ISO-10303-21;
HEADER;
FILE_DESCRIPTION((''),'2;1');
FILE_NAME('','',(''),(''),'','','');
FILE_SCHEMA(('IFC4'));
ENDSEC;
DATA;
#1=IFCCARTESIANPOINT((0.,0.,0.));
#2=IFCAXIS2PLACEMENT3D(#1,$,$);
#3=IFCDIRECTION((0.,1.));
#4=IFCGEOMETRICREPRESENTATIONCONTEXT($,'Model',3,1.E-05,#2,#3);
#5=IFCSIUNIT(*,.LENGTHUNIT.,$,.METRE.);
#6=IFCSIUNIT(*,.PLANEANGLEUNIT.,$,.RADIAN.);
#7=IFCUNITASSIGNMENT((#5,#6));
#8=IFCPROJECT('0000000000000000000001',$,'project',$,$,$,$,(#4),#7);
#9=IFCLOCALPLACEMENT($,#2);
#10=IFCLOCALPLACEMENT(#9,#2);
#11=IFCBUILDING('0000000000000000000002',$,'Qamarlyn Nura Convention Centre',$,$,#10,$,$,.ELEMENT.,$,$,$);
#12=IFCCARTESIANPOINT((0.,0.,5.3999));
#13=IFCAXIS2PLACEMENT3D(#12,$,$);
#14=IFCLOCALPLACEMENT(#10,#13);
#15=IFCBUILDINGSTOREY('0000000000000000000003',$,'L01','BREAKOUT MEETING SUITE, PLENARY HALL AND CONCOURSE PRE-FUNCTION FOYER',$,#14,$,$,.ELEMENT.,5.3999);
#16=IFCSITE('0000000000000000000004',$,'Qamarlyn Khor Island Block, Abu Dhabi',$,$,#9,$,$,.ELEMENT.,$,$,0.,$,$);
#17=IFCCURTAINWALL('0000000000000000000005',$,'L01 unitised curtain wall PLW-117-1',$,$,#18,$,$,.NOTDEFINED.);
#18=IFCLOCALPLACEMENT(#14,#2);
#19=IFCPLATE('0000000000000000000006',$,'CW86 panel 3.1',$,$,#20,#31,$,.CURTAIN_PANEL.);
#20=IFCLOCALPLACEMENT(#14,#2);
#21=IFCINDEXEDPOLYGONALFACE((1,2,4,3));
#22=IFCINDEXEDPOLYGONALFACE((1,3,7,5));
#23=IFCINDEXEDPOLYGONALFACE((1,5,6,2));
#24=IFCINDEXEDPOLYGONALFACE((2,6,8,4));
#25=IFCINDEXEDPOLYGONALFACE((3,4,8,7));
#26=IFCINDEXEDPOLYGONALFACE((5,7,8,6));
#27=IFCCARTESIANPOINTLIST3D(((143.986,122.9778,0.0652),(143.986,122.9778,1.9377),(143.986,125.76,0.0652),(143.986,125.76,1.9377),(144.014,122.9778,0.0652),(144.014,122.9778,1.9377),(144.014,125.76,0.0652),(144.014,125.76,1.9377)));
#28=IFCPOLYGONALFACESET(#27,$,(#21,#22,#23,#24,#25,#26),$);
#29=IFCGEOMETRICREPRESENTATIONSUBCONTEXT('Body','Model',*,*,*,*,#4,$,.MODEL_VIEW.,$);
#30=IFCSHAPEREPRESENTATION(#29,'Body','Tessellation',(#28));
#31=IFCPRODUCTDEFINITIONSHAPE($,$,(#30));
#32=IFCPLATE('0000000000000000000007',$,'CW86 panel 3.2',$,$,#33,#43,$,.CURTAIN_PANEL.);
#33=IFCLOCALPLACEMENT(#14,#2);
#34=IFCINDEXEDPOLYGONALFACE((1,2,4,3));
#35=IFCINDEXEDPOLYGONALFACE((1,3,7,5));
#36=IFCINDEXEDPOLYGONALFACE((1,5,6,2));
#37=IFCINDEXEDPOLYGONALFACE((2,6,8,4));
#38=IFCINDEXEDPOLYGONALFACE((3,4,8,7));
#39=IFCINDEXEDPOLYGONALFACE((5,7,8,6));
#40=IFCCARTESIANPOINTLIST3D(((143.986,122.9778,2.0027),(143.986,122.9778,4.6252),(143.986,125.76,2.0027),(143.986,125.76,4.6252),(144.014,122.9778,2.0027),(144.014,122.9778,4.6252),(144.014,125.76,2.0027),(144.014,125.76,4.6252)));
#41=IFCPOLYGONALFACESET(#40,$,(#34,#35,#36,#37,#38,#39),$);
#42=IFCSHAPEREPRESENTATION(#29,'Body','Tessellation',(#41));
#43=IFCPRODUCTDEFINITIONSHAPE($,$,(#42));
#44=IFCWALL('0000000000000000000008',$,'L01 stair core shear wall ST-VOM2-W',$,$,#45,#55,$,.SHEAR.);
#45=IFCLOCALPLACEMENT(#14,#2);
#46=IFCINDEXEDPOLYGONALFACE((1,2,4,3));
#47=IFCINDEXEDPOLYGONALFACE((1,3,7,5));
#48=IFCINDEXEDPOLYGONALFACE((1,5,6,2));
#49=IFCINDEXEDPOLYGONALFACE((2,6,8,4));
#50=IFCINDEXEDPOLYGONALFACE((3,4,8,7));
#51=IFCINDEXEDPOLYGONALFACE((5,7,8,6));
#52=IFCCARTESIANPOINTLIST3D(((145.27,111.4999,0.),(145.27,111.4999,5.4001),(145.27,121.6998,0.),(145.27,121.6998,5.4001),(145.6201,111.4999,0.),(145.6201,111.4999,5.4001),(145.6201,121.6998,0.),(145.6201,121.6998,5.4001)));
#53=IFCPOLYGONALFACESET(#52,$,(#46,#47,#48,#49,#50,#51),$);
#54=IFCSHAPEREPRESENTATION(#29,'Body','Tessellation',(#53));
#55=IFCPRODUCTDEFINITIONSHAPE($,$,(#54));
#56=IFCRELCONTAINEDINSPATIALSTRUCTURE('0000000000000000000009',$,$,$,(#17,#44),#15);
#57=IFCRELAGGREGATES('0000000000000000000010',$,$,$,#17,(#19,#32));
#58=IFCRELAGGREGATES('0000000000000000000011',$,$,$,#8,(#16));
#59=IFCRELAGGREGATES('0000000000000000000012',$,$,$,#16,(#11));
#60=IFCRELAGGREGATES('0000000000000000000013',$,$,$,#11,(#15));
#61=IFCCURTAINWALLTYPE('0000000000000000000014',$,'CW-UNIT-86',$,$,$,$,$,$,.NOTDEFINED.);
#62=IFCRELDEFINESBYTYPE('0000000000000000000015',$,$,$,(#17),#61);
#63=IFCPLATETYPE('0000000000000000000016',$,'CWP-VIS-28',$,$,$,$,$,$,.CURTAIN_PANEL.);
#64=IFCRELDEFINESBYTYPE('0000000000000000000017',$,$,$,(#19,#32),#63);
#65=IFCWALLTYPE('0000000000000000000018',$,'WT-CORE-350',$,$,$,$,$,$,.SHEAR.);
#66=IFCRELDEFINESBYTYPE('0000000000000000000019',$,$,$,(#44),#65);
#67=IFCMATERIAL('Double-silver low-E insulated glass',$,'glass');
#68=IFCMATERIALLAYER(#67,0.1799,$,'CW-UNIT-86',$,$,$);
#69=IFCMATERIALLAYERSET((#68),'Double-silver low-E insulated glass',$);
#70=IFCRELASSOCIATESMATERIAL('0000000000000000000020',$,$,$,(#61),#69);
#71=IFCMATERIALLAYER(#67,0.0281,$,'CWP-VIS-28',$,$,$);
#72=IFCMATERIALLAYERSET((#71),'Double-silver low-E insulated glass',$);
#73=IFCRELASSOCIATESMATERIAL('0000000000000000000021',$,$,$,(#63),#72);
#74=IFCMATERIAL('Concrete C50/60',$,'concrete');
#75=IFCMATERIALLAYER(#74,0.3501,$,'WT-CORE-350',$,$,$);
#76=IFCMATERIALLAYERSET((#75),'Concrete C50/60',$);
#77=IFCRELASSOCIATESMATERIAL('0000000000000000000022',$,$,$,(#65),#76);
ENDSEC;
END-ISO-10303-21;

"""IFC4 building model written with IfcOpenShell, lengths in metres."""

from ifc_helpers import new_model, si_unit, direction, frame, frame_2d, origin, origin_2d, place, context, subcontext, project, spatial, rectangle, extrude, material, layer, layer_set, type_object, element, aggregate, save


model = new_model("IFC4")

# Units and contexts
model_context = context("Model", 3, precision=1e-05, world=origin(), true_north=direction((0.0, 1.0)))
body_context = subcontext(model_context, "Body", "Model", "MODEL_VIEW")
ifc_project = project(units=[si_unit("LENGTHUNIT", "METRE"), si_unit("PLANEANGLEUNIT", "RADIAN")], contexts=[model_context])

# Site, building, storey
site_placement = place(None, origin())
site = spatial("IfcSite", under=ifc_project, at=site_placement, Name="Qamarlyn Khor Island Block, Abu Dhabi", CompositionType="ELEMENT", RefElevation=0.0)
building_placement = place(site_placement, origin())
building = spatial("IfcBuilding", under=site, at=building_placement, Name="Qamarlyn Nura Convention Centre", CompositionType="ELEMENT")
storey_placement = place(building_placement, frame((0.0, 0.0, 5.3999)))
storey = spatial("IfcBuildingStorey", under=building, at=storey_placement, Name="L01", Description="BREAKOUT MEETING SUITE, PLENARY HALL AND CONCOURSE PRE-FUNCTION FOYER", CompositionType="ELEMENT", Elevation=5.3999)

# Shared definitions
ifc_material_1 = material(Name="Double-silver low-E insulated glass", Category="glass")

# Curtain wall
ifc_layer_1 = layer(ifc_material_1, 0.1799, Name="CW-UNIT-86")
ifc_layer_set_1 = layer_set([ifc_layer_1], Name="Double-silver low-E insulated glass")
curtain_wall_type_1 = type_object("IfcCurtainWallType", Name="CW-UNIT-86", PredefinedType="NOTDEFINED", material=ifc_layer_set_1)
curtain_wall_1_placement = place(storey_placement, origin())
curtain_wall_1 = element("IfcCurtainWall", 1, at=curtain_wall_1_placement, inside=storey, type_object=curtain_wall_type_1, Name="L01 unitised curtain wall PLW-117-1", PredefinedType="NOTDEFINED")

# Plates
ifc_layer_2 = layer(ifc_material_1, 0.0281, Name="CWP-VIS-28")
ifc_layer_set_2 = layer_set([ifc_layer_2], Name="Double-silver low-E insulated glass")
plate_type = type_object("IfcPlateType", Name="CWP-VIS-28", PredefinedType="CURTAIN_PANEL", material=ifc_layer_set_2)
plate_1_placement = place(storey_placement, frame((144.0, 124.3689, 0.0652), z_axis=(0.0, 0.0, 1.0), x_axis=(0.0, 1.0, 0.0)))
plate_1 = element("IfcPlate", 2, at=plate_1_placement, type_object=plate_type, Name="CW86 panel 3.1", PredefinedType="CURTAIN_PANEL", context=body_context, shape_type="SweptSolid", body=[
    extrude(rectangle(XDim=2.7822, YDim=0.0281, at=origin_2d()), origin(), (0.0, 0.0, 1.0), 1.8726),
])
plate_2_placement = place(storey_placement, frame((144.0, 124.3689, 2.0027), z_axis=(0.0, 0.0, 1.0), x_axis=(0.0, 1.0, 0.0)))
plate_2 = element("IfcPlate", 3, at=plate_2_placement, type_object=plate_type, Name="CW86 panel 3.2", PredefinedType="CURTAIN_PANEL", context=body_context, shape_type="SweptSolid", body=[
    extrude(rectangle(XDim=2.7822, YDim=0.0281, at=origin_2d()), origin(), (0.0, 0.0, 1.0), 2.6226),
])
aggregate(curtain_wall_1, [plate_1, plate_2])

# Wall
ifc_material_2 = material(Name="Concrete C50/60", Category="concrete")
ifc_layer_3 = layer(ifc_material_2, 0.3501, Name="WT-CORE-350")
ifc_layer_set_3 = layer_set([ifc_layer_3], Name="Concrete C50/60")
wall_type = type_object("IfcWallType", Name="WT-CORE-350", PredefinedType="SHEAR", material=ifc_layer_set_3)
wall_placement = place(storey_placement, frame((145.4451, 121.7, 0.0), z_axis=(0.0, 0.0, 1.0), x_axis=(0.0, -1.0, 0.0)))
element("IfcWall", 4, at=wall_placement, inside=storey, type_object=wall_type, Name="L01 stair core shear wall ST-VOM2-W", PredefinedType="SHEAR", context=body_context, shape_type="SweptSolid", body=[
    extrude(rectangle(XDim=10.2, YDim=0.3501, at=frame_2d((5.1001, 0.0))), origin(), (0.0, 0.0, 1.0), 5.4001),
])

save(model, "model.ifc")
